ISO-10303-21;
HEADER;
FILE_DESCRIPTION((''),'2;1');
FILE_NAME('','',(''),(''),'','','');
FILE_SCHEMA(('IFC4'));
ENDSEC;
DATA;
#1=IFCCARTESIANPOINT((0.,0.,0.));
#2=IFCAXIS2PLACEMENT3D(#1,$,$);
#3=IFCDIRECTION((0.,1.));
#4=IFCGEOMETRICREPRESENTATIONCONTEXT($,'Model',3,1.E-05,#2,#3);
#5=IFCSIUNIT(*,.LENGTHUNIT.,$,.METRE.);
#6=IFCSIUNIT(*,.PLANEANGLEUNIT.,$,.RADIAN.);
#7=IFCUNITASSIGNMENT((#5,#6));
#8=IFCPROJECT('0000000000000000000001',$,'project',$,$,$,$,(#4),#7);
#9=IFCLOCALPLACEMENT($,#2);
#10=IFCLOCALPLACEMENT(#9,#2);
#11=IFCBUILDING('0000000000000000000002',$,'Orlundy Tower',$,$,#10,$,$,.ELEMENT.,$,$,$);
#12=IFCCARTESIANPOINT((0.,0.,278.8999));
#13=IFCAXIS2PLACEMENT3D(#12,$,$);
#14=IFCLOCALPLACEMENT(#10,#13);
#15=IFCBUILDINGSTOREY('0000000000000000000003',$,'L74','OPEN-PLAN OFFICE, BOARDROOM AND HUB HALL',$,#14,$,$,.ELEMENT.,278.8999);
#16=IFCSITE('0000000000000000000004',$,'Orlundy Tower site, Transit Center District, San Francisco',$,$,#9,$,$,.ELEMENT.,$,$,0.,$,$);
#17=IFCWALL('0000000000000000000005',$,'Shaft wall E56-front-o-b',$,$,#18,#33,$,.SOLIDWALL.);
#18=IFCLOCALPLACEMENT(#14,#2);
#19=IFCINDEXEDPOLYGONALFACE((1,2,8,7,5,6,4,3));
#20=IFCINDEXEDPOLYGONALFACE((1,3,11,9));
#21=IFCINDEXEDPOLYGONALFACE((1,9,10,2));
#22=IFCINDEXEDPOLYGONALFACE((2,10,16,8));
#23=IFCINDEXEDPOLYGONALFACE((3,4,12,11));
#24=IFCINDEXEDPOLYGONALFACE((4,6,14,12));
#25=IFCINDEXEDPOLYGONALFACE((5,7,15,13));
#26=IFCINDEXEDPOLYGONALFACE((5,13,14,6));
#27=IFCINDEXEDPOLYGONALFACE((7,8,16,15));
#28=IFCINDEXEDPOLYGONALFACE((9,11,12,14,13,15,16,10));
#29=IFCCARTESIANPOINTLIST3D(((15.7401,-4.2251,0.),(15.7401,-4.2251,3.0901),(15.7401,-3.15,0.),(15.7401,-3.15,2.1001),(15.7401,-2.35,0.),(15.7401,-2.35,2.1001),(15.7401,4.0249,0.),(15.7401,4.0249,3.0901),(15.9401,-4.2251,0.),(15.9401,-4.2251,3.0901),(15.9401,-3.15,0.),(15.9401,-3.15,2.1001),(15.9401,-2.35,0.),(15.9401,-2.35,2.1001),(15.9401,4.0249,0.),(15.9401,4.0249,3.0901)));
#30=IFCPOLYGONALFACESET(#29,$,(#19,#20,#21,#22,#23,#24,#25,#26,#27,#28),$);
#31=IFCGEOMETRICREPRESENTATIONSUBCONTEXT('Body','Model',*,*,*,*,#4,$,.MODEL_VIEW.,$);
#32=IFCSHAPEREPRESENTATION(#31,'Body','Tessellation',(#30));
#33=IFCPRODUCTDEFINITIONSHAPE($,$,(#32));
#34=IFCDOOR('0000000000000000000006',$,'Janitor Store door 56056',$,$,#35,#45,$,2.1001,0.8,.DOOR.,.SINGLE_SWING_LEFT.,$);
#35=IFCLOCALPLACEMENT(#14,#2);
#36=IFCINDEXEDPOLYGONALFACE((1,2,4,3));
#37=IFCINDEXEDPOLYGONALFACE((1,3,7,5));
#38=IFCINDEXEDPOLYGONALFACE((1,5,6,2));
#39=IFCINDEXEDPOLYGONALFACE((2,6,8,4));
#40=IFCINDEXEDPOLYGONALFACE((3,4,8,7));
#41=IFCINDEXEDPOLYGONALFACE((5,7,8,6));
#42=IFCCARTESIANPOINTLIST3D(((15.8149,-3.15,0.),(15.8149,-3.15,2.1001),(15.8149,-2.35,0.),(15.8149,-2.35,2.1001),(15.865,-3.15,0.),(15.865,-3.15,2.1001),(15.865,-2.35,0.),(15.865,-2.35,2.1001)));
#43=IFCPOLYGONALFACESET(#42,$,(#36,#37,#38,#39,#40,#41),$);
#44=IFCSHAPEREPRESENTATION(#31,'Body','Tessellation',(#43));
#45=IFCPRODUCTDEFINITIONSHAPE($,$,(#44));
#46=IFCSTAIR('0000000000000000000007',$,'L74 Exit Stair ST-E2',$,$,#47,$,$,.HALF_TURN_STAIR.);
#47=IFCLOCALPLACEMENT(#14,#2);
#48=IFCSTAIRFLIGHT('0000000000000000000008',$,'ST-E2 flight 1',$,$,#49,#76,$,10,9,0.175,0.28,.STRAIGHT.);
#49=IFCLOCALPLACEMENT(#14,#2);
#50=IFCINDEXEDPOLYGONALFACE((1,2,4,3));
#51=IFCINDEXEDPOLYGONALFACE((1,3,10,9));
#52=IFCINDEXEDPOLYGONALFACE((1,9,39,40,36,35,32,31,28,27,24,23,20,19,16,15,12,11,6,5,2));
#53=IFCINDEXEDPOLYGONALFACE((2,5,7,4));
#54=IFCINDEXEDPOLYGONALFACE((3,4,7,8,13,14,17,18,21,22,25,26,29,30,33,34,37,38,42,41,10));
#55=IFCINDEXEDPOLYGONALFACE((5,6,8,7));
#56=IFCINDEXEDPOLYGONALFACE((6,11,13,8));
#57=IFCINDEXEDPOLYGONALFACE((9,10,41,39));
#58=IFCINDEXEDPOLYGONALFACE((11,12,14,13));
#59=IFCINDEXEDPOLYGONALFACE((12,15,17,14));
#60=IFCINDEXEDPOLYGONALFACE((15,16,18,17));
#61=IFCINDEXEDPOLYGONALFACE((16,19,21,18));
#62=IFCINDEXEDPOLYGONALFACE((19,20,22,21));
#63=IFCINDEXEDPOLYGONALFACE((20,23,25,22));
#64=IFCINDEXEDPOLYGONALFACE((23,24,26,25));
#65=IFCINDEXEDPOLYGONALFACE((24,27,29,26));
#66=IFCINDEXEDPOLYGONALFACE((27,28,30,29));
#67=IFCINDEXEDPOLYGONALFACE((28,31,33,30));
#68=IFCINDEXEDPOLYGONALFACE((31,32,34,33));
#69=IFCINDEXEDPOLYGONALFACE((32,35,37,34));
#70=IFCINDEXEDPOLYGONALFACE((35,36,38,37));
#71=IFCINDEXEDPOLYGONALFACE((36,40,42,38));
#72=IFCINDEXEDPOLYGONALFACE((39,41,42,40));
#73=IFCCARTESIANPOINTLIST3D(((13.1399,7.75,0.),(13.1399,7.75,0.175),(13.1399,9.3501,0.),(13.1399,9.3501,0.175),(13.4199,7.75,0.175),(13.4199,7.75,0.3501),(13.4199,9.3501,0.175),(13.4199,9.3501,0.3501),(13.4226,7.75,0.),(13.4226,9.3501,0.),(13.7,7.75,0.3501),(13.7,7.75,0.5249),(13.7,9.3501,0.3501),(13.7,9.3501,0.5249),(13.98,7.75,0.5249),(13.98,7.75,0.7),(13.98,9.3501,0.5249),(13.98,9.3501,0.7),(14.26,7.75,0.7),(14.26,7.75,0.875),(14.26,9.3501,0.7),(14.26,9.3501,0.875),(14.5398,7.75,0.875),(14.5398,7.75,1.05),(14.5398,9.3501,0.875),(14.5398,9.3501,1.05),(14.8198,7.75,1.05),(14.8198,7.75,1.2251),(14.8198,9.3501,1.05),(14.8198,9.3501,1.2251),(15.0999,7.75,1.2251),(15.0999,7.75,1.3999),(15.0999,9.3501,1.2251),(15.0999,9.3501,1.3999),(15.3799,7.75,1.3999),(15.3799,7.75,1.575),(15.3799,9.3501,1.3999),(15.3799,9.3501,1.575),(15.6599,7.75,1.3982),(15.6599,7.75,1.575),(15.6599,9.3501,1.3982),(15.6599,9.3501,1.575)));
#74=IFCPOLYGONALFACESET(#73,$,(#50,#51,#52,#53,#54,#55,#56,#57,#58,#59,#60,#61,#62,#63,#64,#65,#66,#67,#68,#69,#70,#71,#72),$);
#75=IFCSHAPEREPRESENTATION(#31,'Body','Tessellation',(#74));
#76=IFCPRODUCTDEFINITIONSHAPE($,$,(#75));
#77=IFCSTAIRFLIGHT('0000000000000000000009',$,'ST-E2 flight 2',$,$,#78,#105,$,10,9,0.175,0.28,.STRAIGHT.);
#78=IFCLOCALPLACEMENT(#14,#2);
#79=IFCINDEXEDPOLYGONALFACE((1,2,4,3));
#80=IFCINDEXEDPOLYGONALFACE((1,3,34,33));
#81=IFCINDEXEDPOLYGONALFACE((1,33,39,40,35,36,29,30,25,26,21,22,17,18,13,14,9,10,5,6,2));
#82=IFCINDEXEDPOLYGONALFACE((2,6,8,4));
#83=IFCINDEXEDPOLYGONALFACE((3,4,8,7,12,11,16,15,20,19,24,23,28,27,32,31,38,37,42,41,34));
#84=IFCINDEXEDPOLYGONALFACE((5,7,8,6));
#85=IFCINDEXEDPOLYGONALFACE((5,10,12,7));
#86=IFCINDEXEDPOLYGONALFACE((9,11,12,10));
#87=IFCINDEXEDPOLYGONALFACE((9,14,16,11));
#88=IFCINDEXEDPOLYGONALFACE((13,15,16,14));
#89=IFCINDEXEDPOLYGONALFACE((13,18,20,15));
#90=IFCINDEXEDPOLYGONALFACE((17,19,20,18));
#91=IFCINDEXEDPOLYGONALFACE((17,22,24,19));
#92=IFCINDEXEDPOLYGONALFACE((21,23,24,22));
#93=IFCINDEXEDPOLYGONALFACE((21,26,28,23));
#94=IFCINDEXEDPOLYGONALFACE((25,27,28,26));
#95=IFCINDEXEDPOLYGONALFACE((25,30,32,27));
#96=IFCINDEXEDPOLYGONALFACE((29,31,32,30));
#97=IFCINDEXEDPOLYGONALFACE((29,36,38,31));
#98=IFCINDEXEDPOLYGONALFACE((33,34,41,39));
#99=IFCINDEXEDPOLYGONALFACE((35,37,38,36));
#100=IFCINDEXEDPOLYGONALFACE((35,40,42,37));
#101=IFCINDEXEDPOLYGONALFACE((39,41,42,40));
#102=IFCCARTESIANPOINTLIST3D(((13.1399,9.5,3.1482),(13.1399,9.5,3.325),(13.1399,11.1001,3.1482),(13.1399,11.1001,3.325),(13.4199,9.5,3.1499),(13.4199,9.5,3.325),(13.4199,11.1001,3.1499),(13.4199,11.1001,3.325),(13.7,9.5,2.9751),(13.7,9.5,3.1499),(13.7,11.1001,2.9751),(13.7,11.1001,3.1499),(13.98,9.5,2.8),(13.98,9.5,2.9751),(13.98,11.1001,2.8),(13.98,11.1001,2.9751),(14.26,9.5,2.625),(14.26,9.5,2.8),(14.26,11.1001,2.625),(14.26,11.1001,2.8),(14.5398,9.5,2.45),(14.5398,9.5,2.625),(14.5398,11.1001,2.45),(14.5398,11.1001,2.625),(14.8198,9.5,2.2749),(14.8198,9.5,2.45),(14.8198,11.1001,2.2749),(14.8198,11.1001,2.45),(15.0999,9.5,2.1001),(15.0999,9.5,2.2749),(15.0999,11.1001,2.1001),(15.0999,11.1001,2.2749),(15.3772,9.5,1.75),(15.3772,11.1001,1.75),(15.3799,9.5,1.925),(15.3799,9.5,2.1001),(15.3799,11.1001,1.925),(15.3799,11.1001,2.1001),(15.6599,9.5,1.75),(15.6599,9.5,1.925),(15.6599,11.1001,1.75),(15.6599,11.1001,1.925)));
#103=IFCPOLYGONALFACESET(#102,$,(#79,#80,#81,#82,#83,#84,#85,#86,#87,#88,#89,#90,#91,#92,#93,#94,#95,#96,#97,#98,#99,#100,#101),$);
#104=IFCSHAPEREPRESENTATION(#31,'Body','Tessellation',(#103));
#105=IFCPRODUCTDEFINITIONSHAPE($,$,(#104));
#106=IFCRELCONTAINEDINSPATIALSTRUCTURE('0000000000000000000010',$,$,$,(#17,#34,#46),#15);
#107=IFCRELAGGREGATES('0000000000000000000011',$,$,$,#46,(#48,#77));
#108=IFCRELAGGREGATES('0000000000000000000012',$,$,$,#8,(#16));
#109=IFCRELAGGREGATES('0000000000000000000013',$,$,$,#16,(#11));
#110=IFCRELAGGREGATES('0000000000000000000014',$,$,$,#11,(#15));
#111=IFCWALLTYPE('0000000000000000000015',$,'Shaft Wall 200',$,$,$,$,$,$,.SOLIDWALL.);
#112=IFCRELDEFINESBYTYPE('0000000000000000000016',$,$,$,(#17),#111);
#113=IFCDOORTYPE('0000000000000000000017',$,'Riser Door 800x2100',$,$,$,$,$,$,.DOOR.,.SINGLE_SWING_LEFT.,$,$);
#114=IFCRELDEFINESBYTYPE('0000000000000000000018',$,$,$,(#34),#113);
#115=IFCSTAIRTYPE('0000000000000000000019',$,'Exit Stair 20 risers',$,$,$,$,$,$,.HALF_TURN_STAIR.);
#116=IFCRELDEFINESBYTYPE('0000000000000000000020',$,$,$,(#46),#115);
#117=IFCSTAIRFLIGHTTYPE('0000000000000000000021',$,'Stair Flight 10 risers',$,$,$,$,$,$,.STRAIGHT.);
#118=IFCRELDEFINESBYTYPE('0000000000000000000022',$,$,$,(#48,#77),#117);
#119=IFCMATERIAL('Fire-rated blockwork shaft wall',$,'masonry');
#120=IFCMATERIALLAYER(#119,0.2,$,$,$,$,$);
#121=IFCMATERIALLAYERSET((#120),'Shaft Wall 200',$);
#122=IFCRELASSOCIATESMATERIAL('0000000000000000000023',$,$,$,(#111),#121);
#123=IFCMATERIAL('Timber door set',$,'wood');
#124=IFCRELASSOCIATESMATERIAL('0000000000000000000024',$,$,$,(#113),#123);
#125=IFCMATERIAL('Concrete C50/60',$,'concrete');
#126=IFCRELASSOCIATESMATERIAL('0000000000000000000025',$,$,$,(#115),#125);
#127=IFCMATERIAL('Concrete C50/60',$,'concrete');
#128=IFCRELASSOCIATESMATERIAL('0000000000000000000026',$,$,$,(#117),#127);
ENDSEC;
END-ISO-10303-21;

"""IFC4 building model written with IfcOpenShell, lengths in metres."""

from ifc_helpers import new_model, si_unit, direction, frame, frame_2d, origin, place, context, subcontext, project, spatial, polyline, rectangle, outline, extrude, material, layer, layer_set, type_object, element, fill, aggregate, save


model = new_model("IFC4")

# Units and contexts
model_context = context("Model", 3, precision=1e-05, world=origin(), true_north=direction((0.0, 1.0)))
body_context = subcontext(model_context, "Body", "Model", "MODEL_VIEW")
ifc_project = project(units=[si_unit("LENGTHUNIT", "METRE"), si_unit("PLANEANGLEUNIT", "RADIAN")], contexts=[model_context])

# Site, building, storey
site_placement = place(None, origin())
site = spatial("IfcSite", under=ifc_project, at=site_placement, Name="Orlundy Tower site, Transit Center District, San Francisco", CompositionType="ELEMENT", RefElevation=0.0)
building_placement = place(site_placement, origin())
building = spatial("IfcBuilding", under=site, at=building_placement, Name="Orlundy Tower", CompositionType="ELEMENT")
storey_placement = place(building_placement, frame((0.0, 0.0, 278.8999)))
storey = spatial("IfcBuildingStorey", under=building, at=storey_placement, Name="L74", Description="OPEN-PLAN OFFICE, BOARDROOM AND HUB HALL", CompositionType="ELEMENT", Elevation=278.8999)

# Shared definitions
ifc_material_1 = material(Name="Fire-rated blockwork shaft wall", Category="masonry")
ifc_layer_1 = layer(ifc_material_1, 0.2)
ifc_layer_set_1 = layer_set([ifc_layer_1], Name="Shaft Wall 200")
wall_type_1 = type_object("IfcWallType", Name="Shaft Wall 200", PredefinedType="SOLIDWALL", material=ifc_layer_set_1)

# Shared definitions
ifc_material_2 = material(Name="Timber door set", Category="wood")
door_type_1 = type_object("IfcDoorType", Name="Riser Door 800x2100", OperationType="SINGLE_SWING_LEFT", PredefinedType="DOOR", material=ifc_material_2)

# Wall, opening, door
wall_1_placement = place(storey_placement, frame((15.8401, 4.0249, 0.0), z_axis=(0.0, 0.0, 1.0), x_axis=(0.0, -1.0, 0.0)))
wall_1 = element("IfcWall", 1, at=wall_1_placement, inside=storey, type_object=wall_type_1, Name="Shaft wall E56-front-o-b", PredefinedType="SOLIDWALL", context=body_context, shape_type="SweptSolid", body=[
    extrude(rectangle(XDim=8.25, YDim=0.2, at=frame_2d((4.125, 0.0))), origin(), (0.0, 0.0, 1.0), 3.0901),
])
opening_1_placement = place(wall_1_placement, frame((6.375, 0.0, 0.0)))
opening_1 = element("IfcOpeningElement", 2, at=opening_1_placement, cuts=wall_1, PredefinedType="OPENING", context=body_context, shape_type="SweptSolid", body=[
    extrude(rectangle(XDim=0.8, YDim=2.1001, at=frame_2d((0.3999, 1.05))), frame((0.0, 0.1101, 0.0), z_axis=(0.0, -1.0, 0.0), x_axis=(1.0, 0.0, 0.0)), (0.0, 0.0, 1.0), 0.2202),
])
door_1_placement = place(opening_1_placement, origin())
door_1 = element("IfcDoor", 3, at=door_1_placement, inside=storey, type_object=door_type_1, Name="Janitor Store door 56056", OperationType="SINGLE_SWING_LEFT", OverallHeight=2.1001, OverallWidth=0.8, PredefinedType="DOOR", context=body_context, shape_type="SweptSolid", body=[
    extrude(rectangle(XDim=0.8, YDim=2.1001, at=frame_2d((0.3999, 1.05))), frame((0.0, 0.0249, 0.0), z_axis=(0.0, -1.0, 0.0), x_axis=(1.0, 0.0, 0.0)), (0.0, 0.0, 1.0), 0.05),
])
fill(opening_1, door_1)

# Stair, stair flights
ifc_material_3 = material(Name="Concrete C50/60", Category="concrete")
stair_type = type_object("IfcStairType", Name="Exit Stair 20 risers", PredefinedType="HALF_TURN_STAIR", material=ifc_material_3)
stair_placement = place(storey_placement, origin())
stair = element("IfcStair", 4, at=stair_placement, inside=storey, type_object=stair_type, Name="L74 Exit Stair ST-E2", PredefinedType="HALF_TURN_STAIR")
ifc_material_4 = material(Name="Concrete C50/60", Category="concrete")
stair_flight_type = type_object("IfcStairFlightType", Name="Stair Flight 10 risers", PredefinedType="STRAIGHT", material=ifc_material_4)
stair_flight_1_placement = place(storey_placement, frame((13.1399, 8.55, 0.0), z_axis=(0.0, 0.0, 1.0), x_axis=(1.0, 0.0, 0.0)))
stair_flight_1 = element("IfcStairFlight", 5, at=stair_flight_1_placement, type_object=stair_flight_type, Name="ST-E2 flight 1", NumberOfRisers=10, NumberOfTreads=9, PredefinedType="STRAIGHT", RiserHeight=0.175, TreadLength=0.28, context=body_context, shape_type="SweptSolid", body=[
    extrude(outline(polyline([(0.0, 0.0), (0.0, 0.175), (0.28, 0.175), (0.28, 0.3501), (0.5601, 0.3501), (0.5601, 0.5249), (0.8401, 0.5249), (0.8401, 0.7), (1.1201, 0.7), (1.1201, 0.875), (1.3999, 0.875), (1.3999, 1.05), (1.6799, 1.05), (1.6799, 1.2251), (1.96, 1.2251), (1.96, 1.3999), (2.24, 1.3999), (2.24, 1.575), (2.52, 1.575), (2.52, 1.75), (2.52, 1.3982), (0.2827, 0.0), (0.0, 0.0)])), frame((0.0, 0.8, 0.0), z_axis=(0.0, -1.0, 0.0), x_axis=(1.0, 0.0, 0.0)), (0.0, 0.0, 1.0), 1.6001),
])
stair_flight_2_placement = place(storey_placement, frame((15.6599, 10.3, 1.75), z_axis=(0.0, 0.0, 1.0), x_axis=(-1.0, 0.0, 0.0)))
stair_flight_2 = element("IfcStairFlight", 6, at=stair_flight_2_placement, type_object=stair_flight_type, Name="ST-E2 flight 2", NumberOfRisers=10, NumberOfTreads=9, PredefinedType="STRAIGHT", RiserHeight=0.175, TreadLength=0.28, context=body_context, shape_type="SweptSolid", body=[
    extrude(outline(polyline([(0.0, 0.0), (0.0, 0.175), (0.28, 0.175), (0.28, 0.3501), (0.5601, 0.3501), (0.5601, 0.5249), (0.8401, 0.5249), (0.8401, 0.7), (1.1201, 0.7), (1.1201, 0.875), (1.3999, 0.875), (1.3999, 1.05), (1.6799, 1.05), (1.6799, 1.2251), (1.96, 1.2251), (1.96, 1.3999), (2.24, 1.3999), (2.24, 1.575), (2.52, 1.575), (2.52, 1.75), (2.52, 1.3982), (0.2827, 0.0), (0.0, 0.0)])), frame((0.0, 0.8, 0.0), z_axis=(0.0, -1.0, 0.0), x_axis=(1.0, 0.0, 0.0)), (0.0, 0.0, 1.0), 1.6001),
])
aggregate(stair, [stair_flight_1, stair_flight_2])

save(model, "model.ifc")
